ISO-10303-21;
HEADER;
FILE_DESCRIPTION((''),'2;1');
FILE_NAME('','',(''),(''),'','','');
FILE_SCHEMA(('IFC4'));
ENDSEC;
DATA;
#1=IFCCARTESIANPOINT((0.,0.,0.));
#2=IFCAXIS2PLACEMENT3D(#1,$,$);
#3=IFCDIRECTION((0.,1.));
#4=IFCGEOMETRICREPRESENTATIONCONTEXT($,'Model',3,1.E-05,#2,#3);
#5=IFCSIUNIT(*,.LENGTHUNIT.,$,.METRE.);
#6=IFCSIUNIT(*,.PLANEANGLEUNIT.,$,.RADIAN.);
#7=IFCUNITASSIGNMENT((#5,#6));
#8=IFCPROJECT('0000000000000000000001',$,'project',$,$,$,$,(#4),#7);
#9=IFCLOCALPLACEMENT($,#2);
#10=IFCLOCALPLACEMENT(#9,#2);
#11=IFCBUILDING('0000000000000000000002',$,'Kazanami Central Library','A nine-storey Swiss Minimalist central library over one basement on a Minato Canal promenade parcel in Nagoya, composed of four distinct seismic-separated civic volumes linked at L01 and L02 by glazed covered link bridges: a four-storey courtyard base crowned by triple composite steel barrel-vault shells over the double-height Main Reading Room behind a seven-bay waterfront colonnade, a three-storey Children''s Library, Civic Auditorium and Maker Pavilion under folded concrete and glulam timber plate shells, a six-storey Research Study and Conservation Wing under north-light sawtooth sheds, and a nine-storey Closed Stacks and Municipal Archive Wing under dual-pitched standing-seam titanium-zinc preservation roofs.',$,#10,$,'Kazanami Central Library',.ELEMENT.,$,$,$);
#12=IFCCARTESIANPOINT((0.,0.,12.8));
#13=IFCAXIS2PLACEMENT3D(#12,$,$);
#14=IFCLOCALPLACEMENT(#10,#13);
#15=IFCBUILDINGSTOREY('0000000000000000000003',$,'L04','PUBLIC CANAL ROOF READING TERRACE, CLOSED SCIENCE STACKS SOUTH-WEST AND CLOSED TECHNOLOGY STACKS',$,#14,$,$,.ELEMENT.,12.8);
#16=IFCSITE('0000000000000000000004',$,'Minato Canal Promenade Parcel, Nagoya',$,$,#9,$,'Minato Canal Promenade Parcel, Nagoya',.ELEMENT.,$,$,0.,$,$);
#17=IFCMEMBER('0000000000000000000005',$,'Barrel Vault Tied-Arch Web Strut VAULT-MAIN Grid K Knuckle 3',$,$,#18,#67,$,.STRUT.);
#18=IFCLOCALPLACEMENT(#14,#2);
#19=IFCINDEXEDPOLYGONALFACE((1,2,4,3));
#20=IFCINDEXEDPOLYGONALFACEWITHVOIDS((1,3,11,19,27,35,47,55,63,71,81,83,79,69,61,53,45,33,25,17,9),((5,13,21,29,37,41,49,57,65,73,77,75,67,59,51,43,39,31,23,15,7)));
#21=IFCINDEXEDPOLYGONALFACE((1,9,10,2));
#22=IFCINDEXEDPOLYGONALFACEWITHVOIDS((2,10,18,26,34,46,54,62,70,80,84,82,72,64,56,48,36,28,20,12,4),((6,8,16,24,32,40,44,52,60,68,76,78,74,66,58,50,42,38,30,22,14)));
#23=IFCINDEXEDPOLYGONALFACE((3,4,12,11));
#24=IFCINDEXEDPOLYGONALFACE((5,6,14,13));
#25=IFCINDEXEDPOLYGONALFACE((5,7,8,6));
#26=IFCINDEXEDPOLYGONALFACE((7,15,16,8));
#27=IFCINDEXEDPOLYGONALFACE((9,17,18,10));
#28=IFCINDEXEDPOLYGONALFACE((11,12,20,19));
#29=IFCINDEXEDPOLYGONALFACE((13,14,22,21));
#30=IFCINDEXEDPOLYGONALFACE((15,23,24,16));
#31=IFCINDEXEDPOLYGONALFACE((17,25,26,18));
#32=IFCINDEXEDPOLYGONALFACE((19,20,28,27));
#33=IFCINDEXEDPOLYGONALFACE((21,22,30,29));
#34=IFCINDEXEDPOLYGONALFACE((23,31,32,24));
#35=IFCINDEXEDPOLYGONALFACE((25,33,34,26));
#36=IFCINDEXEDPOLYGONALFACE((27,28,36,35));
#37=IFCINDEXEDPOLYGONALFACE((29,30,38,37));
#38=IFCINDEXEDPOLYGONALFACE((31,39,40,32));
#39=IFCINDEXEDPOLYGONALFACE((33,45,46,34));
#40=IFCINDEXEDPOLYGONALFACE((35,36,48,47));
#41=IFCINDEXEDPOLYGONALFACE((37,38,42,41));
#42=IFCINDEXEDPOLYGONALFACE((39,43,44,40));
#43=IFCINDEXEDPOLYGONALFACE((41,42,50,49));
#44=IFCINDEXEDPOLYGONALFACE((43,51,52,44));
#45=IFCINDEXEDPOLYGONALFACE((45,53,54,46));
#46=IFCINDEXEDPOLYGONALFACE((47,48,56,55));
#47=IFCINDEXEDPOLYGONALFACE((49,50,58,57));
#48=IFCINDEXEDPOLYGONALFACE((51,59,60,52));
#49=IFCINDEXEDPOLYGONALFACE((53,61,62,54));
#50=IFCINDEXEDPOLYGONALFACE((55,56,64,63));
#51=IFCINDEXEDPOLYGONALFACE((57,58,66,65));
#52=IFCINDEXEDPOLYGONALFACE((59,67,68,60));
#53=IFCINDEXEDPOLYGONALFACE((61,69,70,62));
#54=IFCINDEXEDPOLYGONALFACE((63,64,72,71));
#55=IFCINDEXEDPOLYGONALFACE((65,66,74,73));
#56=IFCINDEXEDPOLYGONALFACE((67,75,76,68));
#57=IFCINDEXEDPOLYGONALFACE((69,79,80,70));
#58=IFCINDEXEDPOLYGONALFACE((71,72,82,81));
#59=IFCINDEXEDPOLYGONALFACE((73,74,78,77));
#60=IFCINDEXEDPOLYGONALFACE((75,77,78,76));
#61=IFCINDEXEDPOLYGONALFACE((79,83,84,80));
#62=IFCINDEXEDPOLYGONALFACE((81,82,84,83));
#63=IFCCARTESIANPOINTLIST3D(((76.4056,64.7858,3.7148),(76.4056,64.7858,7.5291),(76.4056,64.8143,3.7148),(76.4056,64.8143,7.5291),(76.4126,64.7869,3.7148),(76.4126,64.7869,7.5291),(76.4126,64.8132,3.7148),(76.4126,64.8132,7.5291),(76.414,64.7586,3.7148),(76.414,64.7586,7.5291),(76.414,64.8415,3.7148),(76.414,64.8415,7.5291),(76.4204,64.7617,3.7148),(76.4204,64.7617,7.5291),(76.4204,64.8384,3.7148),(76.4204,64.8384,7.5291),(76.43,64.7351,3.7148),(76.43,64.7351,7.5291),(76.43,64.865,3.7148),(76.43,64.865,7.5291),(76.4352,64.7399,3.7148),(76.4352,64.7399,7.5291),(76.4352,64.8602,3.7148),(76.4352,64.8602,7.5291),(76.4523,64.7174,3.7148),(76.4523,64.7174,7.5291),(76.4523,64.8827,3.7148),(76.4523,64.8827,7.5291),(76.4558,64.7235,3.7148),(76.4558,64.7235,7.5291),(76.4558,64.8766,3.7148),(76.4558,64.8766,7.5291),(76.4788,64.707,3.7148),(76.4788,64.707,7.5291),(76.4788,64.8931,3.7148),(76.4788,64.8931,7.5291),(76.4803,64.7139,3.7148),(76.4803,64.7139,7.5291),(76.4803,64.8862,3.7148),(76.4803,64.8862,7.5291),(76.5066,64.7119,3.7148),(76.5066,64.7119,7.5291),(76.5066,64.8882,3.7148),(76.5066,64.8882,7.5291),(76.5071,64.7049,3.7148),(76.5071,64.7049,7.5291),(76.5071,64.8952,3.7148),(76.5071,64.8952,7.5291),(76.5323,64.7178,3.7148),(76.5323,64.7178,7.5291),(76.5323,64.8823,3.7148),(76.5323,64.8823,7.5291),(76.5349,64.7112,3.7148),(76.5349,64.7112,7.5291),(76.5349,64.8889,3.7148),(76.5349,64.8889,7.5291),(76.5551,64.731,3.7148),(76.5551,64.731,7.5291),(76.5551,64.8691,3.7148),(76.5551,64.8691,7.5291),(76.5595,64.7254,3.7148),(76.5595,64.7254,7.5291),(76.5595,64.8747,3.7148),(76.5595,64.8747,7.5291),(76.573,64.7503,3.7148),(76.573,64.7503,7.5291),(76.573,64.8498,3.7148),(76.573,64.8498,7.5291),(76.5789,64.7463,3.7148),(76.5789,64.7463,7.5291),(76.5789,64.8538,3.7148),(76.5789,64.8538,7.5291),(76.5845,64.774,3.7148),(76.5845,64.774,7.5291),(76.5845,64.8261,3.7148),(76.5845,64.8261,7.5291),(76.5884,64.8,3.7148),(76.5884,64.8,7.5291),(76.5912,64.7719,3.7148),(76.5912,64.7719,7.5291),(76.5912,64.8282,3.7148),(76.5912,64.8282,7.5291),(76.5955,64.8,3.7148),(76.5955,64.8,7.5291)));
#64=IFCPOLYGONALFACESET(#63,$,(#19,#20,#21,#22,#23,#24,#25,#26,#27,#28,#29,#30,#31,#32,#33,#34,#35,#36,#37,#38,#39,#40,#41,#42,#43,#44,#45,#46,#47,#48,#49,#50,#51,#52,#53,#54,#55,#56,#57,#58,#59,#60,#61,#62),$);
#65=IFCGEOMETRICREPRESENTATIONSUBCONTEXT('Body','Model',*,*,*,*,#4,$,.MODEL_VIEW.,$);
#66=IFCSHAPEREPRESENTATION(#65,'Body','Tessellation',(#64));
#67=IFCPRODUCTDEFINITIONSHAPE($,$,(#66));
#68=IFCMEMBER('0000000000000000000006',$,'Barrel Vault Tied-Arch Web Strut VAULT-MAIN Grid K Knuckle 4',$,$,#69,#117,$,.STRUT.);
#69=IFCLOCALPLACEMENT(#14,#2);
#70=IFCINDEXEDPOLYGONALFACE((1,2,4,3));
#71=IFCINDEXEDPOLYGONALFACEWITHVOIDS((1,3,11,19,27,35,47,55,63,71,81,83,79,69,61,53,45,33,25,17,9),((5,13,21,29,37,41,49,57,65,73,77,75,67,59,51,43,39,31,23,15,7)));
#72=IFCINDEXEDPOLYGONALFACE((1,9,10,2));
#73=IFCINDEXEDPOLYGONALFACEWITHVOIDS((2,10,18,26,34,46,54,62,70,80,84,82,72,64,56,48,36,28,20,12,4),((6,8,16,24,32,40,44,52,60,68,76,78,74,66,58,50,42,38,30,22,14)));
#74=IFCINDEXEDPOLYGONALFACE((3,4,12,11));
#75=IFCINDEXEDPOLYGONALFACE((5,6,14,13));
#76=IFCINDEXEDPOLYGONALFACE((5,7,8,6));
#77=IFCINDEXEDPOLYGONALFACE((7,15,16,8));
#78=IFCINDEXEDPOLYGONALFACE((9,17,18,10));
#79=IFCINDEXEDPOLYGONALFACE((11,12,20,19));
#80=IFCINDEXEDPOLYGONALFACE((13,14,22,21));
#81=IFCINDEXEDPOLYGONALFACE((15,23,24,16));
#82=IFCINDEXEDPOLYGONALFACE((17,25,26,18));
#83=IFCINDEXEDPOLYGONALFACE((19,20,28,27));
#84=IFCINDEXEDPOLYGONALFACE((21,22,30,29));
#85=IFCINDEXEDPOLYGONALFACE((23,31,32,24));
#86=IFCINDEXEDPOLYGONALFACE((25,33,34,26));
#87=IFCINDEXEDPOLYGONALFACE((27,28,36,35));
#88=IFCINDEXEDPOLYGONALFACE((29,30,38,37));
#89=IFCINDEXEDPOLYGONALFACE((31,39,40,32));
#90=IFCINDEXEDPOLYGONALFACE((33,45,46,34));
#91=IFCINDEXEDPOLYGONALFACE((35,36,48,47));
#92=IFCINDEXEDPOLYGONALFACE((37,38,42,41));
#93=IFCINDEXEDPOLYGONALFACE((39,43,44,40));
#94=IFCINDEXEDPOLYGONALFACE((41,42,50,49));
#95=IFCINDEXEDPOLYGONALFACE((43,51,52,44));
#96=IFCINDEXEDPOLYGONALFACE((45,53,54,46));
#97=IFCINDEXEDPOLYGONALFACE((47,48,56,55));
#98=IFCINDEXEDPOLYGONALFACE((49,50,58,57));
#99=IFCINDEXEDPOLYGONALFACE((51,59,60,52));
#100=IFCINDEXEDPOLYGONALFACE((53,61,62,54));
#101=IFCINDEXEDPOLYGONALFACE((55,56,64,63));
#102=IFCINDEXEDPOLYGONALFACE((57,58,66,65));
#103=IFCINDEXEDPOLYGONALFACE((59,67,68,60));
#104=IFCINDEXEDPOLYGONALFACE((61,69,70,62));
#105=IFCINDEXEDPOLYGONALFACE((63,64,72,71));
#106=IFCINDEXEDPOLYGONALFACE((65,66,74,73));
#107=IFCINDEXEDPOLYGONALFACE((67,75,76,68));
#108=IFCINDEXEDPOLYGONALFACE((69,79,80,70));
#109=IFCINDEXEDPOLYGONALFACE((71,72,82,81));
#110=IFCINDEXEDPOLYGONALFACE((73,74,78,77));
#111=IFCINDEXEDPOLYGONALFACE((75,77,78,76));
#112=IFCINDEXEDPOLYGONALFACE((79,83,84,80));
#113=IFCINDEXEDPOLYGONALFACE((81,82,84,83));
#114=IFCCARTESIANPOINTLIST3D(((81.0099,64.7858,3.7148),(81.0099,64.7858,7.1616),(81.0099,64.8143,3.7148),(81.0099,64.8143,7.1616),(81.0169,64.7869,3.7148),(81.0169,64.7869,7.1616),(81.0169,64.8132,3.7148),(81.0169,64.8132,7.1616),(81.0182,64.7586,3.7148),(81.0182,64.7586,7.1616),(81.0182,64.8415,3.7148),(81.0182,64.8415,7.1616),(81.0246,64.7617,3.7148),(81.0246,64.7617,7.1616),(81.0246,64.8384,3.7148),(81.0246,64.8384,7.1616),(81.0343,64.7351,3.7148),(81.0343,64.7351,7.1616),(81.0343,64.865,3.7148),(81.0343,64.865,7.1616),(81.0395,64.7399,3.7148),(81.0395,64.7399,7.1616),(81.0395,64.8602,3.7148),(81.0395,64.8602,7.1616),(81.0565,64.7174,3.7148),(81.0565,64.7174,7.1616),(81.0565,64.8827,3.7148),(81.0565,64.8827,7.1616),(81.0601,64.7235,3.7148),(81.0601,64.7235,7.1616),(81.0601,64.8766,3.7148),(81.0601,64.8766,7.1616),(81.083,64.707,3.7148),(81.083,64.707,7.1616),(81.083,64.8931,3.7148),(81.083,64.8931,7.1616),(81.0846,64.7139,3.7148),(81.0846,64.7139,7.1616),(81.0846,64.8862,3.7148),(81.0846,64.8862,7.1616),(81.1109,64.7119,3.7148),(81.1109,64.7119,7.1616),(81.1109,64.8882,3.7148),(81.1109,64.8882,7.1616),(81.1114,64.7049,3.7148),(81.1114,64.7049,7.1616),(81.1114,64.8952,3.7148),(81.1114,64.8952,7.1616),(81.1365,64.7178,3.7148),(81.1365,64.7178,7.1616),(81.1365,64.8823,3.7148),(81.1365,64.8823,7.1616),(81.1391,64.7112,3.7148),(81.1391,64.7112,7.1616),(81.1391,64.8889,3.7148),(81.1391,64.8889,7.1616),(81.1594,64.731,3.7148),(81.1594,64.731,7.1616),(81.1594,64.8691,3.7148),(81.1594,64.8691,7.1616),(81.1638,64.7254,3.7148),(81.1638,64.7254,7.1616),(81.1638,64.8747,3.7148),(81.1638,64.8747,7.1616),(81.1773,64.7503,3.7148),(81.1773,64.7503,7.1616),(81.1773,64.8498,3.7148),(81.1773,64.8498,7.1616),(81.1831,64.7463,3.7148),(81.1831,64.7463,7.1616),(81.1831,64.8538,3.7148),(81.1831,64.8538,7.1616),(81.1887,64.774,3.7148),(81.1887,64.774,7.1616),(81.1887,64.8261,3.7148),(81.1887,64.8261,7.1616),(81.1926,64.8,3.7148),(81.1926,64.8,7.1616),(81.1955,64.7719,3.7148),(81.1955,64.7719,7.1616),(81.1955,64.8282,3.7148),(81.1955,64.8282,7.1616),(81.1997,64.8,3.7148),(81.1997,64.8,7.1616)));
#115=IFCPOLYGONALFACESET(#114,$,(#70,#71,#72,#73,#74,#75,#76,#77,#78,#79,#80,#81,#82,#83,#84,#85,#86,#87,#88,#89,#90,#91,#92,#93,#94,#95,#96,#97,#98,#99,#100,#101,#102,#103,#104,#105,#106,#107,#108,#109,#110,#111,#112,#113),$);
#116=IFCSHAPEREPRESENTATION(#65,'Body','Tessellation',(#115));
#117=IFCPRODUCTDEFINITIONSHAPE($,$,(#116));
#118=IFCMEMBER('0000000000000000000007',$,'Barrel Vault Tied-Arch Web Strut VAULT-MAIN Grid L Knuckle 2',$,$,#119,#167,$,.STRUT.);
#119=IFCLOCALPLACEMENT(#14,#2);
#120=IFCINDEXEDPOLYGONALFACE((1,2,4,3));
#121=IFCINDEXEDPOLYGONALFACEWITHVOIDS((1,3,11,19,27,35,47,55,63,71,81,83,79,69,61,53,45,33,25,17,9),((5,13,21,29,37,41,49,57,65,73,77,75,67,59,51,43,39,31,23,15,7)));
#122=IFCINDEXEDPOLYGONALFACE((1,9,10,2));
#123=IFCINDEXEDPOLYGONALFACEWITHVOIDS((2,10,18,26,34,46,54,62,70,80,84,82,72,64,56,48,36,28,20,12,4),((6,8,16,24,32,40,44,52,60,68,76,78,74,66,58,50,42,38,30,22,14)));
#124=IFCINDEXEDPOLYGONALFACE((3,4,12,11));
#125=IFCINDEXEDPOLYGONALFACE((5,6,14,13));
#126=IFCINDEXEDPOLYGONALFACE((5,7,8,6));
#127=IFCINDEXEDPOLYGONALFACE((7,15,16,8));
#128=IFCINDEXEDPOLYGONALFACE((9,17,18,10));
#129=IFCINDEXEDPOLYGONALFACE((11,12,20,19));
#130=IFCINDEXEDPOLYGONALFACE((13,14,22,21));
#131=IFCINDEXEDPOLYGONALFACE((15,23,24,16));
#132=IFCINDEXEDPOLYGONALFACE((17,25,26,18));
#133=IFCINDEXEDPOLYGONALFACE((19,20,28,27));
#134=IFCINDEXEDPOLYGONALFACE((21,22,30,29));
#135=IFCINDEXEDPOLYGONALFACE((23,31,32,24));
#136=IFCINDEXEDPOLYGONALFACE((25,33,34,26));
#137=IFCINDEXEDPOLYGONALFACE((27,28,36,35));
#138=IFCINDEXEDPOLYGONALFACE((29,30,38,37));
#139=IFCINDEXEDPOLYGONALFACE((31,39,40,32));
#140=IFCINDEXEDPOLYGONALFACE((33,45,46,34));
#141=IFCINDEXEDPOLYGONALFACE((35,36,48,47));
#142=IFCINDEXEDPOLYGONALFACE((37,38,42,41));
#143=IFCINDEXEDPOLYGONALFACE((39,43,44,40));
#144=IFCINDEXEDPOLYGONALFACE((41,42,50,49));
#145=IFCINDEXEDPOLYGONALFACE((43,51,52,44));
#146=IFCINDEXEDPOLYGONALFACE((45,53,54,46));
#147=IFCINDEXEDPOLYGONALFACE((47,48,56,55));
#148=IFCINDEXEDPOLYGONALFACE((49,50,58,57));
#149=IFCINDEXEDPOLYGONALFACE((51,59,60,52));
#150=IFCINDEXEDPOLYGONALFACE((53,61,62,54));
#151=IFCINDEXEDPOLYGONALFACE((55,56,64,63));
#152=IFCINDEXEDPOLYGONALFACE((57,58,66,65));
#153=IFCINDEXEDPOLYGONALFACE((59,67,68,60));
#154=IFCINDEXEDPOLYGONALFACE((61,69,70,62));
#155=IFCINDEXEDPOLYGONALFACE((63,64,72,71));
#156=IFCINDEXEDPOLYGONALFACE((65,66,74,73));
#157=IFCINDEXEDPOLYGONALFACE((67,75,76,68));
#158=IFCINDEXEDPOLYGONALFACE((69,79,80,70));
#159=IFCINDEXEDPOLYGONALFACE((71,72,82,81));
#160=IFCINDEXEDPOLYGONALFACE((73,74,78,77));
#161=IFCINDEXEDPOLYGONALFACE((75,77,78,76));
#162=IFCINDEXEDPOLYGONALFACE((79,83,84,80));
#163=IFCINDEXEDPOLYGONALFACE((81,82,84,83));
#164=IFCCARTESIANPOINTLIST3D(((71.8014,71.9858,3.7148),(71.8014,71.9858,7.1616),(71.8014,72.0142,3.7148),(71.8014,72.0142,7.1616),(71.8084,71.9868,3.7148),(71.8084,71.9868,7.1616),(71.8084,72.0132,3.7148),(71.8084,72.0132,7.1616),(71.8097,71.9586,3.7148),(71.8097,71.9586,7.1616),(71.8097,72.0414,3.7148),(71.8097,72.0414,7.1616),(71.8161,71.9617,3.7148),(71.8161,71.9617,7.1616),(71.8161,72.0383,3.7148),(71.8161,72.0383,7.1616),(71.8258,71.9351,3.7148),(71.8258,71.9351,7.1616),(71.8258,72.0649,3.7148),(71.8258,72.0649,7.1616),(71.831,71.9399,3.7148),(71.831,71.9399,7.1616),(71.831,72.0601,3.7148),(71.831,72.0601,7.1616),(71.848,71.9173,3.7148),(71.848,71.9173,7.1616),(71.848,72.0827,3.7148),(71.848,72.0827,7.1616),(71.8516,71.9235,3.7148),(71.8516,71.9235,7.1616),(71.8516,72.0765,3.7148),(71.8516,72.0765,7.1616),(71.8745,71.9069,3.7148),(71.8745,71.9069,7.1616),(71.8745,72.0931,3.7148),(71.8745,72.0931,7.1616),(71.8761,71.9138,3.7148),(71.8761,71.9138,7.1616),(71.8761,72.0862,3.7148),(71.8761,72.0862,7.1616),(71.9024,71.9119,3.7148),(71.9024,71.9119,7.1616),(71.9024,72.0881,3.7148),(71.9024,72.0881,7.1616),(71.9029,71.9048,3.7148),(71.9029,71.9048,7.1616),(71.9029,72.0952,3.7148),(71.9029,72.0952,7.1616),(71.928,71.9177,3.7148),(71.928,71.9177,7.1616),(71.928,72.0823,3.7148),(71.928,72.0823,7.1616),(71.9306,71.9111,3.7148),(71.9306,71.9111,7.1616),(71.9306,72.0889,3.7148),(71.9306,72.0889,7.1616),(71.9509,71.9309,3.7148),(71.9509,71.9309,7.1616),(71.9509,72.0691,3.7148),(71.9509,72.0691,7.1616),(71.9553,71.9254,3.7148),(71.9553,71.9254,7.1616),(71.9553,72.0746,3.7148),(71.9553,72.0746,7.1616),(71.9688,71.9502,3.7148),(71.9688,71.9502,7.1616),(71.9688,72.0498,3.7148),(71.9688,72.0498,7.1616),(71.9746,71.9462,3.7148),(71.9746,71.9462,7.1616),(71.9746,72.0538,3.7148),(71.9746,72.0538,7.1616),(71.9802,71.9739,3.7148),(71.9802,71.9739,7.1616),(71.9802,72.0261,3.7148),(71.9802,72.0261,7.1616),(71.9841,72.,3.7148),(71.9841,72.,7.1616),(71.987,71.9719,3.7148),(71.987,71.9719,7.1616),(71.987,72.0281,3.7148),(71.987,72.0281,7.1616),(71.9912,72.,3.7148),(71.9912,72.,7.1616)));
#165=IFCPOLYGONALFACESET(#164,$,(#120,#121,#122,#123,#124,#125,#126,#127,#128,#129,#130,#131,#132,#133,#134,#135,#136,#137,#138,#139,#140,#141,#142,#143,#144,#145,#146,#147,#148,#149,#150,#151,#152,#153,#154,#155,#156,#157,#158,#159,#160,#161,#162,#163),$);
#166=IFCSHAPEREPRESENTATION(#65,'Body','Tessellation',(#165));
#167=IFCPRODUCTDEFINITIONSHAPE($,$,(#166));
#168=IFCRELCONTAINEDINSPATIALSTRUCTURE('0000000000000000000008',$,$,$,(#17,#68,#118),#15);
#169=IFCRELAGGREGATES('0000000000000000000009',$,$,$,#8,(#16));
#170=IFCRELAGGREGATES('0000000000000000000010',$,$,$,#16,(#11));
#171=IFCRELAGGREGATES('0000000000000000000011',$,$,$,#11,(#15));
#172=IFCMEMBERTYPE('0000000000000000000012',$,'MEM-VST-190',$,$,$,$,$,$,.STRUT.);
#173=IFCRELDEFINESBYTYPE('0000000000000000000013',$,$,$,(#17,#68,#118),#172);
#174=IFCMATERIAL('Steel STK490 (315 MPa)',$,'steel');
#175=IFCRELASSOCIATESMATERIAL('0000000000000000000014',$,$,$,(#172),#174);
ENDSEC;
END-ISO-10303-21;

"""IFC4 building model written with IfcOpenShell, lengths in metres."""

from ifc_helpers import new_model, si_unit, direction, frame, origin, origin_2d, place, context, subcontext, project, spatial, hollow_circle, extrude, material, material_profile, profile_set, type_object, element, save


model = new_model("IFC4")

# Units and contexts
model_context = context("Model", 3, precision=1e-05, world=origin(), true_north=direction((0.0, 1.0)))
body_context = subcontext(model_context, "Body", "Model", "MODEL_VIEW")
ifc_project = project(units=[si_unit("LENGTHUNIT", "METRE"), si_unit("PLANEANGLEUNIT", "RADIAN")], contexts=[model_context])

# Site, building, storey
site_placement = place(None, origin())
site = spatial("IfcSite", under=ifc_project, at=site_placement, Name="Minato Canal Promenade Parcel, Nagoya", LongName="Minato Canal Promenade Parcel, Nagoya", CompositionType="ELEMENT", RefElevation=0.0)
building_placement = place(site_placement, origin())
building = spatial("IfcBuilding", under=site, at=building_placement, Name="Kazanami Central Library", Description="A nine-storey Swiss Minimalist central library over one basement on a Minato Canal promenade parcel in Nagoya, composed of four distinct seismic-separated civic volumes linked at L01 and L02 by glazed covered link bridges: a four-storey courtyard base crowned by triple composite steel barrel-vault shells over the double-height Main Reading Room behind a seven-bay waterfront colonnade, a three-storey Children's Library, Civic Auditorium and Maker Pavilion under folded concrete and glulam timber plate shells, a six-storey Research Study and Conservation Wing under north-light sawtooth sheds, and a nine-storey Closed Stacks and Municipal Archive Wing under dual-pitched standing-seam titanium-zinc preservation roofs.", LongName="Kazanami Central Library", CompositionType="ELEMENT")
storey_placement = place(building_placement, frame((0.0, 0.0, 12.8)))
storey = spatial("IfcBuildingStorey", under=building, at=storey_placement, Name="L04", Description="PUBLIC CANAL ROOF READING TERRACE, CLOSED SCIENCE STACKS SOUTH-WEST AND CLOSED TECHNOLOGY STACKS", CompositionType="ELEMENT", Elevation=12.8)

# Members
ifc_material_1 = material(Name="Steel STK490 (315 MPa)", Category="steel")
ifc_material_profile_1 = material_profile(ifc_material_1, hollow_circle(Radius=0.0955, WallThickness=0.0071, at=origin_2d()), Name="CHS-190.7x7.0")
ifc_profile_set_1 = profile_set([ifc_material_profile_1], Name="Steel STK490 (315 MPa)")
member_type_1 = type_object("IfcMemberType", Name="MEM-VST-190", PredefinedType="STRUT", material=ifc_profile_set_1)
member_1_placement = place(storey_placement, frame((76.5, 64.8, 3.7148), z_axis=(0.0, 0.0, 1.0), x_axis=(1.0, 0.0, 0.0)))
element("IfcMember", 1, at=member_1_placement, inside=storey, type_object=member_type_1, Name="Barrel Vault Tied-Arch Web Strut VAULT-MAIN Grid K Knuckle 3", PredefinedType="STRUT", context=body_context, shape_type="SweptSolid", body=[
    extrude(hollow_circle(Radius=0.0955, WallThickness=0.0071, at=origin_2d()), origin(), (0.0, 0.0, 1.0), 3.8142),
])
for number, where, z_axis, x_axis, name in (
    (2, (81.1042, 64.8, 3.7148), (0.0, 0.0, 1.0), (1.0, 0.0, 0.0), "Barrel Vault Tied-Arch Web Strut VAULT-MAIN Grid K Knuckle 4"),
    (3, (71.8958, 72.0, 3.7148), (0.0, 0.0, 1.0), (1.0, 0.0, 0.0), "Barrel Vault Tied-Arch Web Strut VAULT-MAIN Grid L Knuckle 2"),
):
    element("IfcMember", number, at=place(storey_placement, frame(where, z_axis=z_axis, x_axis=x_axis)), inside=storey, type_object=member_type_1, Name=name, PredefinedType="STRUT", context=body_context, shape_type="SweptSolid", body=[
        extrude(hollow_circle(Radius=0.0955, WallThickness=0.0071, at=origin_2d()), origin(), (0.0, 0.0, 1.0), 3.4468),
    ])

save(model, "model.ifc")
